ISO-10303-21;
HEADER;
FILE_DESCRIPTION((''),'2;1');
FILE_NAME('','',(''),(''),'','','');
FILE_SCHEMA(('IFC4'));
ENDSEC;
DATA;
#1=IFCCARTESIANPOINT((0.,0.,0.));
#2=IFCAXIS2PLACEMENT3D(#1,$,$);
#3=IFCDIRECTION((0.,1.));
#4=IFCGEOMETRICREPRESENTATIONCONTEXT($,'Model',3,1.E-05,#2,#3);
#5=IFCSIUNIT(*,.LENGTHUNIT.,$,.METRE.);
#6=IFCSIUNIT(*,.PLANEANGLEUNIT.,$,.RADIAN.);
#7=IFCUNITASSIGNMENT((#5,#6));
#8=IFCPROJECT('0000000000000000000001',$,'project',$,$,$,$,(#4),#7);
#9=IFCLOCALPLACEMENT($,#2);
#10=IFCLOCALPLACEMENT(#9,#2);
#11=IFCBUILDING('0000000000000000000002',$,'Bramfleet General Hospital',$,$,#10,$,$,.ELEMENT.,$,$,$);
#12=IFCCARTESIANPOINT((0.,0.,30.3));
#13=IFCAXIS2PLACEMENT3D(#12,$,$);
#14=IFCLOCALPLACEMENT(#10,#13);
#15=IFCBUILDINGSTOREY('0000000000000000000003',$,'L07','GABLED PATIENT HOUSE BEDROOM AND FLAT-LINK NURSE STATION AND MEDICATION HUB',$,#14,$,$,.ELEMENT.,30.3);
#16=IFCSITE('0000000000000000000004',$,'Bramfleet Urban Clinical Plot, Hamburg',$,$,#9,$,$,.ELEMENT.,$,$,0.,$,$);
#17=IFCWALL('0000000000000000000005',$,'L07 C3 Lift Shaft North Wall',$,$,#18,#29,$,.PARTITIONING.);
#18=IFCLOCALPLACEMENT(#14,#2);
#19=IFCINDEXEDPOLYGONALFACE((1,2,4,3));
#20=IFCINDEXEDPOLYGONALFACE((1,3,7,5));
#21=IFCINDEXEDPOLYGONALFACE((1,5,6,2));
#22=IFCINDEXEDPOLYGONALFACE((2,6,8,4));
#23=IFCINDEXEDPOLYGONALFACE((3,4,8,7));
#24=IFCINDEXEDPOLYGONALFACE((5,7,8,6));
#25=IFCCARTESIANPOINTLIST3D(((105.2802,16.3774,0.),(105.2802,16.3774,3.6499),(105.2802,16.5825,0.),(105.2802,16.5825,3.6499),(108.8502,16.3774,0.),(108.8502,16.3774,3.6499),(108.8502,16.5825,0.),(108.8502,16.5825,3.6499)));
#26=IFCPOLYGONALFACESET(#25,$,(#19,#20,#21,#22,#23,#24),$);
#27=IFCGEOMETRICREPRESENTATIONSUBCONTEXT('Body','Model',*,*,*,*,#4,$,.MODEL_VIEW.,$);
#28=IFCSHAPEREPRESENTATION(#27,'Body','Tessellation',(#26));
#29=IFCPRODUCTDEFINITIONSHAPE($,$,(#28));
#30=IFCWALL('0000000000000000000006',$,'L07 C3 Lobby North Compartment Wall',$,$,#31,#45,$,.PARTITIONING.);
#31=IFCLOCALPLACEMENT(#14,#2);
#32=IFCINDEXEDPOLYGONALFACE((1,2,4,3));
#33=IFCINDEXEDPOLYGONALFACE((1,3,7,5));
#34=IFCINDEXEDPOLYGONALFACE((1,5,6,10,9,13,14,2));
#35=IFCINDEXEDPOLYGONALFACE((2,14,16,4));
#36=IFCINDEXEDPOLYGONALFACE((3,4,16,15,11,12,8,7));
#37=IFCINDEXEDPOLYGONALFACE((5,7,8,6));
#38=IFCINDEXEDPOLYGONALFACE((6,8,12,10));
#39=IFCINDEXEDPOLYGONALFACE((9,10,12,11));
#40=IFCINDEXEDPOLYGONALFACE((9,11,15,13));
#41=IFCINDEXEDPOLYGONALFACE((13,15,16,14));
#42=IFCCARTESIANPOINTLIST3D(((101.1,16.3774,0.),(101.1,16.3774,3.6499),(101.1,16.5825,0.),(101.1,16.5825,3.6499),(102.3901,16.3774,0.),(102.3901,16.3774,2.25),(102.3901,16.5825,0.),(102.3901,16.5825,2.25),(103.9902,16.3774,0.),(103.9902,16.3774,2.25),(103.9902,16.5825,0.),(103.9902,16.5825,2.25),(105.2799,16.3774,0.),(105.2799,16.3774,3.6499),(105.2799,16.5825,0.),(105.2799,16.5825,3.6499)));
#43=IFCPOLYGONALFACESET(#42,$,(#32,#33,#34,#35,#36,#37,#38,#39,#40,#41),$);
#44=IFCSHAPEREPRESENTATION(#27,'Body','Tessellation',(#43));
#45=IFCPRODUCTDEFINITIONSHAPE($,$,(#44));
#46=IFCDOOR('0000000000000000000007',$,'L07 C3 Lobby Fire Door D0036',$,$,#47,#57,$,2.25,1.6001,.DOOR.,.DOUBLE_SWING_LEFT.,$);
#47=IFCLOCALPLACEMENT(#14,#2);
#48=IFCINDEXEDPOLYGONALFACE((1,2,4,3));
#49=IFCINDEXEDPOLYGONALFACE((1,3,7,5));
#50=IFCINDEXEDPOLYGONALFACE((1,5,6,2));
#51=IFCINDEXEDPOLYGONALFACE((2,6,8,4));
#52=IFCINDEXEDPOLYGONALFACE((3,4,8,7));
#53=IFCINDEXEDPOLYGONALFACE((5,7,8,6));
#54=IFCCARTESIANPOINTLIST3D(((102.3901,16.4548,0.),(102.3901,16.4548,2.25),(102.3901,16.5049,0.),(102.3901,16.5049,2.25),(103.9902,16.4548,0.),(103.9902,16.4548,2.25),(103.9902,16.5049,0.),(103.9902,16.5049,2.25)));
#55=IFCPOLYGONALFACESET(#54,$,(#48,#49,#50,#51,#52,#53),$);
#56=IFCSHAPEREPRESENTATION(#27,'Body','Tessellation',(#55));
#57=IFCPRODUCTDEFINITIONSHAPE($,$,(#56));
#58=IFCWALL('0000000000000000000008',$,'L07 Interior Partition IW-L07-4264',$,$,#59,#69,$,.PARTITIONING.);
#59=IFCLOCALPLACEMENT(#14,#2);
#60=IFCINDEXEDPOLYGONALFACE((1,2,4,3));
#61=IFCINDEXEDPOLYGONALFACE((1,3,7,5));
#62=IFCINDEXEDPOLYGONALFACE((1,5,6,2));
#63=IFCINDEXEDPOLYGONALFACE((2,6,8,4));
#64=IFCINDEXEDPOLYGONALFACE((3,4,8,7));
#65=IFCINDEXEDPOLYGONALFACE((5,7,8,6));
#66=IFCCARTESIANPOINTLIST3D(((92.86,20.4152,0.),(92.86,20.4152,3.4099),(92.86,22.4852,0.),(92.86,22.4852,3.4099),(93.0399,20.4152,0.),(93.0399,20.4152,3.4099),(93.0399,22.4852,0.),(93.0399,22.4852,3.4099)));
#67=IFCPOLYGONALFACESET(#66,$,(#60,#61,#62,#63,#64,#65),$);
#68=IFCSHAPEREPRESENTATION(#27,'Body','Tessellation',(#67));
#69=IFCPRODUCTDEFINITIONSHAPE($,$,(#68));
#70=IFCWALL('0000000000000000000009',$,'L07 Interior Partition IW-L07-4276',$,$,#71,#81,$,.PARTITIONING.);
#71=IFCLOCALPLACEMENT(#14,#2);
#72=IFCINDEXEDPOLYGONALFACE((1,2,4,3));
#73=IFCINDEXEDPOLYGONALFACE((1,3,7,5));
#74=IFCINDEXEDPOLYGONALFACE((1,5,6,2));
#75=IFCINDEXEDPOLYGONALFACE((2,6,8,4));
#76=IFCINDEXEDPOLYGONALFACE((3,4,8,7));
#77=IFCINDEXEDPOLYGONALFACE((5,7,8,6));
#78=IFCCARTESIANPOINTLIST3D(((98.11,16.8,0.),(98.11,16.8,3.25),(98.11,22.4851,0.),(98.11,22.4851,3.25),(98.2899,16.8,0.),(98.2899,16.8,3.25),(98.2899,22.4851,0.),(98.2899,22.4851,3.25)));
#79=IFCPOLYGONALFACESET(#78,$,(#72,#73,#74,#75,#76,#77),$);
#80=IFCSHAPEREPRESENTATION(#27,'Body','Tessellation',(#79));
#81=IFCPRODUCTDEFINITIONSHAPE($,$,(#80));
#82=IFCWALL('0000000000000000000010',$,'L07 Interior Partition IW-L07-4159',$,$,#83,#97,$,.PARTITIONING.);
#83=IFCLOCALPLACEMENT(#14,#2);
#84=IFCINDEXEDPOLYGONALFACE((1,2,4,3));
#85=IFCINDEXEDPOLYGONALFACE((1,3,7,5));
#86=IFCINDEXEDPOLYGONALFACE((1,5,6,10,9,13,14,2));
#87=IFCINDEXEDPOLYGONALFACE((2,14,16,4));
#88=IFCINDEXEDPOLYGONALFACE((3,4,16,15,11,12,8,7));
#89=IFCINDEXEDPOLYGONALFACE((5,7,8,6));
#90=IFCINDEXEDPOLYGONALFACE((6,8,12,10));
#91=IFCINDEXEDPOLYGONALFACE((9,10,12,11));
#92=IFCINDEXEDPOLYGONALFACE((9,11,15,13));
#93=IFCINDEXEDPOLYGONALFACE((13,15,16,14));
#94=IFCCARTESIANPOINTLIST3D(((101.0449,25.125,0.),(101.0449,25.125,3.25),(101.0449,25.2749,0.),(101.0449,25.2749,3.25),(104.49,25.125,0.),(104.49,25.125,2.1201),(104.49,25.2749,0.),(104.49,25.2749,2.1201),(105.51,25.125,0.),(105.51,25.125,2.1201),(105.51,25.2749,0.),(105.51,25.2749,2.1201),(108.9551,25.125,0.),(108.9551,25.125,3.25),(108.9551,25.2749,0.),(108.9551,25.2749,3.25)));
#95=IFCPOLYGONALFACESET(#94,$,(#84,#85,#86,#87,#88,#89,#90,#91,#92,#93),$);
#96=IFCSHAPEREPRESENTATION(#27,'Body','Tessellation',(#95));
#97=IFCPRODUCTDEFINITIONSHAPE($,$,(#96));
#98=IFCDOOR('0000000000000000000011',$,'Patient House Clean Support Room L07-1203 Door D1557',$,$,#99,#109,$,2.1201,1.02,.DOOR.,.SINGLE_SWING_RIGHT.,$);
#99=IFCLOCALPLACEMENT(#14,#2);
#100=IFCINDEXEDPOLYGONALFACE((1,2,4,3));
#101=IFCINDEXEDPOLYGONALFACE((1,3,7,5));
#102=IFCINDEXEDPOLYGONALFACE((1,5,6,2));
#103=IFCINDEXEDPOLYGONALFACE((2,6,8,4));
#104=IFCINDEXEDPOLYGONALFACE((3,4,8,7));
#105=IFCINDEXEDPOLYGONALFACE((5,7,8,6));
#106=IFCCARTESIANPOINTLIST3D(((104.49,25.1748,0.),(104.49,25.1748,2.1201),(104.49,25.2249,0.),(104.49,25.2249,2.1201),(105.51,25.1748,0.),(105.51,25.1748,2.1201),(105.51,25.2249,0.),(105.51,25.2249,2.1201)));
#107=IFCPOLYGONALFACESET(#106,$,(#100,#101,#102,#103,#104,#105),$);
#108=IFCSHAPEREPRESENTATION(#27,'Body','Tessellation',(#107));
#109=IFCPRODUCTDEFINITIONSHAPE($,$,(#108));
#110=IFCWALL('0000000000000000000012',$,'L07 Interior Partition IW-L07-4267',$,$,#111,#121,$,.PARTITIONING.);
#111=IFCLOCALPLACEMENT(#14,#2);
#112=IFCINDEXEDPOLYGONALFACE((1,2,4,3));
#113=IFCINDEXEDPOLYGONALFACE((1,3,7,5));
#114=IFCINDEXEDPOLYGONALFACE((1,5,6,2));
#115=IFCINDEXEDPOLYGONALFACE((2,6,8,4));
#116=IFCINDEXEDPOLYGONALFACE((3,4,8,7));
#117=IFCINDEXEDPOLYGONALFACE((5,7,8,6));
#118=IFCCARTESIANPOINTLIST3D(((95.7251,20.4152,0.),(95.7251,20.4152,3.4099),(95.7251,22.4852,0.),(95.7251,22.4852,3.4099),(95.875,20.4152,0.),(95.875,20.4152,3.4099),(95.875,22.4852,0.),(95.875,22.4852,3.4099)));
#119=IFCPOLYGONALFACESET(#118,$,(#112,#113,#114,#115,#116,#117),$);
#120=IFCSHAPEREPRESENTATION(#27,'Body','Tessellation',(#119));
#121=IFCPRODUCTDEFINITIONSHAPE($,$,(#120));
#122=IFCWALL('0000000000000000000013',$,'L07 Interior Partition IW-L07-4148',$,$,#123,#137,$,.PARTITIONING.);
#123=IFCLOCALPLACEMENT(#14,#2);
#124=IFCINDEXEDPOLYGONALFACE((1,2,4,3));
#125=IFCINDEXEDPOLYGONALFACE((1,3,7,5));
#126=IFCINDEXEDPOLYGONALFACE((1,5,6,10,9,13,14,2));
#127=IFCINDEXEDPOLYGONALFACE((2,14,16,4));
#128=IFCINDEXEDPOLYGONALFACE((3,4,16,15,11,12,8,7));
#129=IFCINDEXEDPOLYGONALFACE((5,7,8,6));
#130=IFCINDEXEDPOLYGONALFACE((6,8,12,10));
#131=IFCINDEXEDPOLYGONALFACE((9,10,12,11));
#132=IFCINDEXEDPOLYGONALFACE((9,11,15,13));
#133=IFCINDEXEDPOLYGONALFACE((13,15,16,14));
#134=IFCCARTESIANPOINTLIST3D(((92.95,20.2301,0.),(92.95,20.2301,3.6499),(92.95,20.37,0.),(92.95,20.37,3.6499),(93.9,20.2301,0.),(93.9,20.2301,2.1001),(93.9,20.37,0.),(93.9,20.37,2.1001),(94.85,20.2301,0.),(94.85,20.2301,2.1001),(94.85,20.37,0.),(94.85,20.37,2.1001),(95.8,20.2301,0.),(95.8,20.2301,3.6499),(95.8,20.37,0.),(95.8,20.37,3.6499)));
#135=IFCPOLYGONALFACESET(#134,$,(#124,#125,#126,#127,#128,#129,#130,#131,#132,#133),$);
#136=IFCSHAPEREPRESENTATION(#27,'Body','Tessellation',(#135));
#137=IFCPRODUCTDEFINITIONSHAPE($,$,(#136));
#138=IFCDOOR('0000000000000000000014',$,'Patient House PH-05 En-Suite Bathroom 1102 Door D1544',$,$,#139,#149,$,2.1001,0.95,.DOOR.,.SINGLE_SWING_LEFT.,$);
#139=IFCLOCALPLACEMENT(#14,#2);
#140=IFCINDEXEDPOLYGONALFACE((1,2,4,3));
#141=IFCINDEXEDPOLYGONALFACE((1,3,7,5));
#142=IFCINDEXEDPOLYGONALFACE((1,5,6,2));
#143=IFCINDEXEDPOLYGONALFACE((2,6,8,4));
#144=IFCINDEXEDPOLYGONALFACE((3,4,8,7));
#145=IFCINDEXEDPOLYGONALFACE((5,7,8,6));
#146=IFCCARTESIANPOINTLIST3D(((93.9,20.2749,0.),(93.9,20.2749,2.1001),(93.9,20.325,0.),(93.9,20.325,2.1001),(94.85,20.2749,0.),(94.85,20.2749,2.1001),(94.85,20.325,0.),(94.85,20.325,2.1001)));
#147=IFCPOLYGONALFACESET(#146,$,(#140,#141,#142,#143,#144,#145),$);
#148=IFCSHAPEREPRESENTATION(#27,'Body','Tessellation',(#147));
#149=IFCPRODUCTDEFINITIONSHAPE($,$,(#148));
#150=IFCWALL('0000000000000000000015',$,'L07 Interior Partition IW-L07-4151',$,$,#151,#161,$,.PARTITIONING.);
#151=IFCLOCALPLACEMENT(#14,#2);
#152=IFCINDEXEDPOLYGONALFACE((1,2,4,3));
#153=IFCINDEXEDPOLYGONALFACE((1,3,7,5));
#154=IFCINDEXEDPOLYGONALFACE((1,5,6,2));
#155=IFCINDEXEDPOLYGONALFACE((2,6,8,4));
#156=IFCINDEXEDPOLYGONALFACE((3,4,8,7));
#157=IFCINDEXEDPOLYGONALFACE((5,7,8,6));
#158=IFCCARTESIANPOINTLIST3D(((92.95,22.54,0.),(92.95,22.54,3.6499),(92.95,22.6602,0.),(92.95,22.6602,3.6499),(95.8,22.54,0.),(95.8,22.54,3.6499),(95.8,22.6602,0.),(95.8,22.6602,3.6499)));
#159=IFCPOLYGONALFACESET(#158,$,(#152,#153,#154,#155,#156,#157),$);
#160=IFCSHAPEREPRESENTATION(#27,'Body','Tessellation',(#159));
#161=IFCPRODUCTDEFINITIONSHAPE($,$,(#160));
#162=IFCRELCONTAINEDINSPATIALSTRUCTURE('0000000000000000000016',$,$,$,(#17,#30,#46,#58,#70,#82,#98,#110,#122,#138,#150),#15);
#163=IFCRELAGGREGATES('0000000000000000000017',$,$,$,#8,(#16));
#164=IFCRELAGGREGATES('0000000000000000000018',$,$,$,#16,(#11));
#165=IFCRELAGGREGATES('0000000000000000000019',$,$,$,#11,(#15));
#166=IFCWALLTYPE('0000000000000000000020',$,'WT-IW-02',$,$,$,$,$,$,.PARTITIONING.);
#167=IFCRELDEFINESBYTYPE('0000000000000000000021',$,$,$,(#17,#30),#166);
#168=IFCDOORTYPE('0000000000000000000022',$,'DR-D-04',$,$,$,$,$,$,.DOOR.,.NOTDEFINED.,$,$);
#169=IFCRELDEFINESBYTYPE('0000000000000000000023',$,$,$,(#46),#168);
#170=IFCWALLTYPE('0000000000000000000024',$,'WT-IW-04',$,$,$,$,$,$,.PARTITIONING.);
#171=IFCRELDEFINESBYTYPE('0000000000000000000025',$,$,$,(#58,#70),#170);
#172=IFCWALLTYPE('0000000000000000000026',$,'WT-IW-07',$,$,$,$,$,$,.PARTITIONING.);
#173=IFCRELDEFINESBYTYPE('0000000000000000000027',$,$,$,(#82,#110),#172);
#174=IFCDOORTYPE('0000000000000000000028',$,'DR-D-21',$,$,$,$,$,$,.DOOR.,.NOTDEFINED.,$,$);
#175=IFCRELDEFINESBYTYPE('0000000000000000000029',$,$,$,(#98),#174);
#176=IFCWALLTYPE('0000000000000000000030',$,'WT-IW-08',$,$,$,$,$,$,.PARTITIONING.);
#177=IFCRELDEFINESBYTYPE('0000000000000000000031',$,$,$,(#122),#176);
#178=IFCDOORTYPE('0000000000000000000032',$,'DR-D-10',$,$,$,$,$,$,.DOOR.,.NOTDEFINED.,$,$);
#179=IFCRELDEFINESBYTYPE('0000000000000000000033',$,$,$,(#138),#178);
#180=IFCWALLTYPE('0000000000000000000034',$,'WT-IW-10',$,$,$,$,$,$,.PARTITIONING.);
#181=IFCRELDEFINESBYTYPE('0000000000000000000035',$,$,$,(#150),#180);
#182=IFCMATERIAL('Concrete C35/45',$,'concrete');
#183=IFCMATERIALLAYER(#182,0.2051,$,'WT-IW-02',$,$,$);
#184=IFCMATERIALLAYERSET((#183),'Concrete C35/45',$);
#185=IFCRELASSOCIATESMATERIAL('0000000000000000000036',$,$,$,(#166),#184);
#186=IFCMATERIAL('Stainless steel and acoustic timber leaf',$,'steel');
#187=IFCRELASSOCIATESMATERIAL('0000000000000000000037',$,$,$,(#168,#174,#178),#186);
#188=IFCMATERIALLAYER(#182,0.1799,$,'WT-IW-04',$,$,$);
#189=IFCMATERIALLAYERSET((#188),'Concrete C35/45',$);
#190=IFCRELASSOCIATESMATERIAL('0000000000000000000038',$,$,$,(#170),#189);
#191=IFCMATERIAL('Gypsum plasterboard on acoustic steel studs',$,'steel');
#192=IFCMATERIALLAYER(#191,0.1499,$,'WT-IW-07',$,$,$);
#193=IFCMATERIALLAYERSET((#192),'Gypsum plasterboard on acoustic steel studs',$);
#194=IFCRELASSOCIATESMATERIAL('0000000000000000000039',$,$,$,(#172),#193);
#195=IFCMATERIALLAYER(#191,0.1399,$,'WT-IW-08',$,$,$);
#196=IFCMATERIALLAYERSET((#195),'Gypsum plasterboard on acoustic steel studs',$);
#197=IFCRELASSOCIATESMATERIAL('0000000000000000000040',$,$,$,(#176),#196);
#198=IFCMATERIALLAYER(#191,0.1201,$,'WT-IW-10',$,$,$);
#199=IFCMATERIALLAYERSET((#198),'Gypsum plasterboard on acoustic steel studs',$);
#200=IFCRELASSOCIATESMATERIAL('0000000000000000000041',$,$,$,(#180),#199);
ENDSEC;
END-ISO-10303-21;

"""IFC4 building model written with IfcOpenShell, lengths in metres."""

from ifc_helpers import new_model, si_unit, direction, frame, frame_2d, origin, place, context, subcontext, project, spatial, rectangle, extrude, material, layer, layer_set, type_object, element, fill, save


model = new_model("IFC4")

# Units and contexts
model_context = context("Model", 3, precision=1e-05, world=origin(), true_north=direction((0.0, 1.0)))
body_context = subcontext(model_context, "Body", "Model", "MODEL_VIEW")
ifc_project = project(units=[si_unit("LENGTHUNIT", "METRE"), si_unit("PLANEANGLEUNIT", "RADIAN")], contexts=[model_context])

# Site, building, storey
site_placement = place(None, origin())
site = spatial("IfcSite", under=ifc_project, at=site_placement, Name="Bramfleet Urban Clinical Plot, Hamburg", CompositionType="ELEMENT", RefElevation=0.0)
building_placement = place(site_placement, origin())
building = spatial("IfcBuilding", under=site, at=building_placement, Name="Bramfleet General Hospital", CompositionType="ELEMENT")
storey_placement = place(building_placement, frame((0.0, 0.0, 30.3)))
storey = spatial("IfcBuildingStorey", under=building, at=storey_placement, Name="L07", Description="GABLED PATIENT HOUSE BEDROOM AND FLAT-LINK NURSE STATION AND MEDICATION HUB", CompositionType="ELEMENT", Elevation=30.3)

# Wall
ifc_material_1 = material(Name="Concrete C35/45", Category="concrete")
ifc_layer_1 = layer(ifc_material_1, 0.2051, Name="WT-IW-02")
ifc_layer_set_1 = layer_set([ifc_layer_1], Name="Concrete C35/45")
wall_type_1 = type_object("IfcWallType", Name="WT-IW-02", PredefinedType="PARTITIONING", material=ifc_layer_set_1)
wall_1_placement = place(storey_placement, frame((105.28, 16.48, 0.0), z_axis=(0.0, 0.0, 1.0), x_axis=(1.0, 0.0, 0.0)))
element("IfcWall", 1, at=wall_1_placement, inside=storey, type_object=wall_type_1, Name="L07 C3 Lift Shaft North Wall", PredefinedType="PARTITIONING", context=body_context, shape_type="SweptSolid", body=[
    extrude(rectangle(XDim=3.5701, YDim=0.2051, at=frame_2d((1.7852, 0.0))), origin(), (0.0, 0.0, 1.0), 3.6499),
])

# Wall, opening, door
wall_2_placement = place(storey_placement, frame((101.1001, 16.48, 0.0), z_axis=(0.0, 0.0, 1.0), x_axis=(1.0, 0.0, 0.0)))
wall_2 = element("IfcWall", 2, at=wall_2_placement, inside=storey, type_object=wall_type_1, Name="L07 C3 Lobby North Compartment Wall", PredefinedType="PARTITIONING", context=body_context, shape_type="SweptSolid", body=[
    extrude(rectangle(XDim=4.1799, YDim=0.2051, at=frame_2d((2.0898, 0.0))), origin(), (0.0, 0.0, 1.0), 3.6499),
])
opening_1_placement = place(wall_2_placement, frame((1.29, 0.0, 0.0)))
opening_1 = element("IfcOpeningElement", 3, at=opening_1_placement, cuts=wall_2, PredefinedType="OPENING", context=body_context, shape_type="SweptSolid", body=[
    extrude(rectangle(XDim=1.6001, YDim=2.25, at=frame_2d((0.8, 1.125))), frame((0.0, 0.1125, 0.0), z_axis=(0.0, -1.0, 0.0), x_axis=(1.0, 0.0, 0.0)), (0.0, 0.0, 1.0), 0.2251),
])
ifc_material_2 = material(Name="Stainless steel and acoustic timber leaf", Category="steel")
door_type_1 = type_object("IfcDoorType", Name="DR-D-04", OperationType="NOTDEFINED", PredefinedType="DOOR", material=ifc_material_2)
door_1_placement = place(opening_1_placement, origin())
door_1 = element("IfcDoor", 4, at=door_1_placement, inside=storey, type_object=door_type_1, Name="L07 C3 Lobby Fire Door D0036", OperationType="DOUBLE_SWING_LEFT", OverallHeight=2.25, OverallWidth=1.6001, PredefinedType="DOOR", context=body_context, shape_type="SweptSolid", body=[
    extrude(rectangle(XDim=1.6001, YDim=2.25, at=frame_2d((0.8, 1.125))), frame((0.0, 0.0249, 0.0), z_axis=(0.0, -1.0, 0.0), x_axis=(1.0, 0.0, 0.0)), (0.0, 0.0, 1.0), 0.05),
])
fill(opening_1, door_1)

# Walls
ifc_layer_2 = layer(ifc_material_1, 0.1799, Name="WT-IW-04")
ifc_layer_set_2 = layer_set([ifc_layer_2], Name="Concrete C35/45")
wall_type_2 = type_object("IfcWallType", Name="WT-IW-04", PredefinedType="PARTITIONING", material=ifc_layer_set_2)
wall_3_placement = place(storey_placement, frame((92.95, 20.415, 0.0), z_axis=(0.0, 0.0, 1.0), x_axis=(0.0, 1.0, 0.0)))
element("IfcWall", 5, at=wall_3_placement, inside=storey, type_object=wall_type_2, Name="L07 Interior Partition IW-L07-4264", PredefinedType="PARTITIONING", context=body_context, shape_type="SweptSolid", body=[
    extrude(rectangle(XDim=2.0701, YDim=0.1799, at=frame_2d((1.0352, 0.0))), origin(), (0.0, 0.0, 1.0), 3.4099),
])
wall_4_placement = place(storey_placement, frame((98.2, 16.8, 0.0), z_axis=(0.0, 0.0, 1.0), x_axis=(0.0, 1.0, 0.0)))
element("IfcWall", 6, at=wall_4_placement, inside=storey, type_object=wall_type_2, Name="L07 Interior Partition IW-L07-4276", PredefinedType="PARTITIONING", context=body_context, shape_type="SweptSolid", body=[
    extrude(rectangle(XDim=5.6851, YDim=0.1799, at=frame_2d((2.8425, 0.0))), origin(), (0.0, 0.0, 1.0), 3.25),
])

# Wall, opening, door
ifc_material_3 = material(Name="Gypsum plasterboard on acoustic steel studs", Category="steel")
ifc_layer_3 = layer(ifc_material_3, 0.1499, Name="WT-IW-07")
ifc_layer_set_3 = layer_set([ifc_layer_3], Name="Gypsum plasterboard on acoustic steel studs")
wall_type_3 = type_object("IfcWallType", Name="WT-IW-07", PredefinedType="PARTITIONING", material=ifc_layer_set_3)
wall_5_placement = place(storey_placement, frame((101.0449, 25.2, 0.0), z_axis=(0.0, 0.0, 1.0), x_axis=(1.0, 0.0, 0.0)))
wall_5 = element("IfcWall", 7, at=wall_5_placement, inside=storey, type_object=wall_type_3, Name="L07 Interior Partition IW-L07-4159", PredefinedType="PARTITIONING", context=body_context, shape_type="SweptSolid", body=[
    extrude(rectangle(XDim=7.9102, YDim=0.1499, at=frame_2d((3.9551, 0.0))), origin(), (0.0, 0.0, 1.0), 3.25),
])
opening_2_placement = place(wall_5_placement, frame((3.4451, 0.0, 0.0)))
opening_2 = element("IfcOpeningElement", 8, at=opening_2_placement, cuts=wall_5, PredefinedType="OPENING", context=body_context, shape_type="SweptSolid", body=[
    extrude(rectangle(XDim=1.02, YDim=2.1201, at=frame_2d((0.51, 1.0601))), frame((0.0, 0.085, 0.0), z_axis=(0.0, -1.0, 0.0), x_axis=(1.0, 0.0, 0.0)), (0.0, 0.0, 1.0), 0.1699),
])
door_type_2 = type_object("IfcDoorType", Name="DR-D-21", OperationType="NOTDEFINED", PredefinedType="DOOR", material=ifc_material_2)
door_2_placement = place(opening_2_placement, origin())
door_2 = element("IfcDoor", 9, at=door_2_placement, inside=storey, type_object=door_type_2, Name="Patient House Clean Support Room L07-1203 Door D1557", OperationType="SINGLE_SWING_RIGHT", OverallHeight=2.1201, OverallWidth=1.02, PredefinedType="DOOR", context=body_context, shape_type="SweptSolid", body=[
    extrude(rectangle(XDim=1.02, YDim=2.1201, at=frame_2d((0.51, 1.0601))), frame((0.0, 0.0249, 0.0), z_axis=(0.0, -1.0, 0.0), x_axis=(1.0, 0.0, 0.0)), (0.0, 0.0, 1.0), 0.05),
])
fill(opening_2, door_2)

# Wall
wall_6_placement = place(storey_placement, frame((95.8, 20.415, 0.0), z_axis=(0.0, 0.0, 1.0), x_axis=(0.0, 1.0, 0.0)))
element("IfcWall", 10, at=wall_6_placement, inside=storey, type_object=wall_type_3, Name="L07 Interior Partition IW-L07-4267", PredefinedType="PARTITIONING", context=body_context, shape_type="SweptSolid", body=[
    extrude(rectangle(XDim=2.0701, YDim=0.1499, at=frame_2d((1.0352, 0.0))), origin(), (0.0, 0.0, 1.0), 3.4099),
])

# Wall, opening, door
ifc_layer_4 = layer(ifc_material_3, 0.1399, Name="WT-IW-08")
ifc_layer_set_4 = layer_set([ifc_layer_4], Name="Gypsum plasterboard on acoustic steel studs")
wall_type_4 = type_object("IfcWallType", Name="WT-IW-08", PredefinedType="PARTITIONING", material=ifc_layer_set_4)
wall_7_placement = place(storey_placement, frame((92.95, 20.3, 0.0), z_axis=(0.0, 0.0, 1.0), x_axis=(1.0, 0.0, 0.0)))
wall_7 = element("IfcWall", 11, at=wall_7_placement, inside=storey, type_object=wall_type_4, Name="L07 Interior Partition IW-L07-4148", PredefinedType="PARTITIONING", context=body_context, shape_type="SweptSolid", body=[
    extrude(rectangle(XDim=2.8501, YDim=0.1399, at=frame_2d((1.425, 0.0))), origin(), (0.0, 0.0, 1.0), 3.6499),
])
opening_3_placement = place(wall_7_placement, frame((0.95, 0.0, 0.0)))
opening_3 = element("IfcOpeningElement", 12, at=opening_3_placement, cuts=wall_7, PredefinedType="OPENING", context=body_context, shape_type="SweptSolid", body=[
    extrude(rectangle(XDim=0.95, YDim=2.1001, at=frame_2d((0.4751, 1.05))), frame((0.0, 0.0798, 0.0), z_axis=(0.0, -1.0, 0.0), x_axis=(1.0, 0.0, 0.0)), (0.0, 0.0, 1.0), 0.1599),
])
door_type_3 = type_object("IfcDoorType", Name="DR-D-10", OperationType="NOTDEFINED", PredefinedType="DOOR", material=ifc_material_2)
door_3_placement = place(opening_3_placement, origin())
door_3 = element("IfcDoor", 13, at=door_3_placement, inside=storey, type_object=door_type_3, Name="Patient House PH-05 En-Suite Bathroom 1102 Door D1544", OperationType="SINGLE_SWING_LEFT", OverallHeight=2.1001, OverallWidth=0.95, PredefinedType="DOOR", context=body_context, shape_type="SweptSolid", body=[
    extrude(rectangle(XDim=0.95, YDim=2.1001, at=frame_2d((0.4751, 1.05))), frame((0.0, 0.0249, 0.0), z_axis=(0.0, -1.0, 0.0), x_axis=(1.0, 0.0, 0.0)), (0.0, 0.0, 1.0), 0.05),
])
fill(opening_3, door_3)

# Wall
ifc_layer_5 = layer(ifc_material_3, 0.1201, Name="WT-IW-10")
ifc_layer_set_5 = layer_set([ifc_layer_5], Name="Gypsum plasterboard on acoustic steel studs")
wall_type_5 = type_object("IfcWallType", Name="WT-IW-10", PredefinedType="PARTITIONING", material=ifc_layer_set_5)
wall_8_placement = place(storey_placement, frame((92.95, 22.6001, 0.0), z_axis=(0.0, 0.0, 1.0), x_axis=(1.0, 0.0, 0.0)))
element("IfcWall", 14, at=wall_8_placement, inside=storey, type_object=wall_type_5, Name="L07 Interior Partition IW-L07-4151", PredefinedType="PARTITIONING", context=body_context, shape_type="SweptSolid", body=[
    extrude(rectangle(XDim=2.8501, YDim=0.1201, at=frame_2d((1.425, 0.0))), origin(), (0.0, 0.0, 1.0), 3.6499),
])

save(model, "model.ifc")
